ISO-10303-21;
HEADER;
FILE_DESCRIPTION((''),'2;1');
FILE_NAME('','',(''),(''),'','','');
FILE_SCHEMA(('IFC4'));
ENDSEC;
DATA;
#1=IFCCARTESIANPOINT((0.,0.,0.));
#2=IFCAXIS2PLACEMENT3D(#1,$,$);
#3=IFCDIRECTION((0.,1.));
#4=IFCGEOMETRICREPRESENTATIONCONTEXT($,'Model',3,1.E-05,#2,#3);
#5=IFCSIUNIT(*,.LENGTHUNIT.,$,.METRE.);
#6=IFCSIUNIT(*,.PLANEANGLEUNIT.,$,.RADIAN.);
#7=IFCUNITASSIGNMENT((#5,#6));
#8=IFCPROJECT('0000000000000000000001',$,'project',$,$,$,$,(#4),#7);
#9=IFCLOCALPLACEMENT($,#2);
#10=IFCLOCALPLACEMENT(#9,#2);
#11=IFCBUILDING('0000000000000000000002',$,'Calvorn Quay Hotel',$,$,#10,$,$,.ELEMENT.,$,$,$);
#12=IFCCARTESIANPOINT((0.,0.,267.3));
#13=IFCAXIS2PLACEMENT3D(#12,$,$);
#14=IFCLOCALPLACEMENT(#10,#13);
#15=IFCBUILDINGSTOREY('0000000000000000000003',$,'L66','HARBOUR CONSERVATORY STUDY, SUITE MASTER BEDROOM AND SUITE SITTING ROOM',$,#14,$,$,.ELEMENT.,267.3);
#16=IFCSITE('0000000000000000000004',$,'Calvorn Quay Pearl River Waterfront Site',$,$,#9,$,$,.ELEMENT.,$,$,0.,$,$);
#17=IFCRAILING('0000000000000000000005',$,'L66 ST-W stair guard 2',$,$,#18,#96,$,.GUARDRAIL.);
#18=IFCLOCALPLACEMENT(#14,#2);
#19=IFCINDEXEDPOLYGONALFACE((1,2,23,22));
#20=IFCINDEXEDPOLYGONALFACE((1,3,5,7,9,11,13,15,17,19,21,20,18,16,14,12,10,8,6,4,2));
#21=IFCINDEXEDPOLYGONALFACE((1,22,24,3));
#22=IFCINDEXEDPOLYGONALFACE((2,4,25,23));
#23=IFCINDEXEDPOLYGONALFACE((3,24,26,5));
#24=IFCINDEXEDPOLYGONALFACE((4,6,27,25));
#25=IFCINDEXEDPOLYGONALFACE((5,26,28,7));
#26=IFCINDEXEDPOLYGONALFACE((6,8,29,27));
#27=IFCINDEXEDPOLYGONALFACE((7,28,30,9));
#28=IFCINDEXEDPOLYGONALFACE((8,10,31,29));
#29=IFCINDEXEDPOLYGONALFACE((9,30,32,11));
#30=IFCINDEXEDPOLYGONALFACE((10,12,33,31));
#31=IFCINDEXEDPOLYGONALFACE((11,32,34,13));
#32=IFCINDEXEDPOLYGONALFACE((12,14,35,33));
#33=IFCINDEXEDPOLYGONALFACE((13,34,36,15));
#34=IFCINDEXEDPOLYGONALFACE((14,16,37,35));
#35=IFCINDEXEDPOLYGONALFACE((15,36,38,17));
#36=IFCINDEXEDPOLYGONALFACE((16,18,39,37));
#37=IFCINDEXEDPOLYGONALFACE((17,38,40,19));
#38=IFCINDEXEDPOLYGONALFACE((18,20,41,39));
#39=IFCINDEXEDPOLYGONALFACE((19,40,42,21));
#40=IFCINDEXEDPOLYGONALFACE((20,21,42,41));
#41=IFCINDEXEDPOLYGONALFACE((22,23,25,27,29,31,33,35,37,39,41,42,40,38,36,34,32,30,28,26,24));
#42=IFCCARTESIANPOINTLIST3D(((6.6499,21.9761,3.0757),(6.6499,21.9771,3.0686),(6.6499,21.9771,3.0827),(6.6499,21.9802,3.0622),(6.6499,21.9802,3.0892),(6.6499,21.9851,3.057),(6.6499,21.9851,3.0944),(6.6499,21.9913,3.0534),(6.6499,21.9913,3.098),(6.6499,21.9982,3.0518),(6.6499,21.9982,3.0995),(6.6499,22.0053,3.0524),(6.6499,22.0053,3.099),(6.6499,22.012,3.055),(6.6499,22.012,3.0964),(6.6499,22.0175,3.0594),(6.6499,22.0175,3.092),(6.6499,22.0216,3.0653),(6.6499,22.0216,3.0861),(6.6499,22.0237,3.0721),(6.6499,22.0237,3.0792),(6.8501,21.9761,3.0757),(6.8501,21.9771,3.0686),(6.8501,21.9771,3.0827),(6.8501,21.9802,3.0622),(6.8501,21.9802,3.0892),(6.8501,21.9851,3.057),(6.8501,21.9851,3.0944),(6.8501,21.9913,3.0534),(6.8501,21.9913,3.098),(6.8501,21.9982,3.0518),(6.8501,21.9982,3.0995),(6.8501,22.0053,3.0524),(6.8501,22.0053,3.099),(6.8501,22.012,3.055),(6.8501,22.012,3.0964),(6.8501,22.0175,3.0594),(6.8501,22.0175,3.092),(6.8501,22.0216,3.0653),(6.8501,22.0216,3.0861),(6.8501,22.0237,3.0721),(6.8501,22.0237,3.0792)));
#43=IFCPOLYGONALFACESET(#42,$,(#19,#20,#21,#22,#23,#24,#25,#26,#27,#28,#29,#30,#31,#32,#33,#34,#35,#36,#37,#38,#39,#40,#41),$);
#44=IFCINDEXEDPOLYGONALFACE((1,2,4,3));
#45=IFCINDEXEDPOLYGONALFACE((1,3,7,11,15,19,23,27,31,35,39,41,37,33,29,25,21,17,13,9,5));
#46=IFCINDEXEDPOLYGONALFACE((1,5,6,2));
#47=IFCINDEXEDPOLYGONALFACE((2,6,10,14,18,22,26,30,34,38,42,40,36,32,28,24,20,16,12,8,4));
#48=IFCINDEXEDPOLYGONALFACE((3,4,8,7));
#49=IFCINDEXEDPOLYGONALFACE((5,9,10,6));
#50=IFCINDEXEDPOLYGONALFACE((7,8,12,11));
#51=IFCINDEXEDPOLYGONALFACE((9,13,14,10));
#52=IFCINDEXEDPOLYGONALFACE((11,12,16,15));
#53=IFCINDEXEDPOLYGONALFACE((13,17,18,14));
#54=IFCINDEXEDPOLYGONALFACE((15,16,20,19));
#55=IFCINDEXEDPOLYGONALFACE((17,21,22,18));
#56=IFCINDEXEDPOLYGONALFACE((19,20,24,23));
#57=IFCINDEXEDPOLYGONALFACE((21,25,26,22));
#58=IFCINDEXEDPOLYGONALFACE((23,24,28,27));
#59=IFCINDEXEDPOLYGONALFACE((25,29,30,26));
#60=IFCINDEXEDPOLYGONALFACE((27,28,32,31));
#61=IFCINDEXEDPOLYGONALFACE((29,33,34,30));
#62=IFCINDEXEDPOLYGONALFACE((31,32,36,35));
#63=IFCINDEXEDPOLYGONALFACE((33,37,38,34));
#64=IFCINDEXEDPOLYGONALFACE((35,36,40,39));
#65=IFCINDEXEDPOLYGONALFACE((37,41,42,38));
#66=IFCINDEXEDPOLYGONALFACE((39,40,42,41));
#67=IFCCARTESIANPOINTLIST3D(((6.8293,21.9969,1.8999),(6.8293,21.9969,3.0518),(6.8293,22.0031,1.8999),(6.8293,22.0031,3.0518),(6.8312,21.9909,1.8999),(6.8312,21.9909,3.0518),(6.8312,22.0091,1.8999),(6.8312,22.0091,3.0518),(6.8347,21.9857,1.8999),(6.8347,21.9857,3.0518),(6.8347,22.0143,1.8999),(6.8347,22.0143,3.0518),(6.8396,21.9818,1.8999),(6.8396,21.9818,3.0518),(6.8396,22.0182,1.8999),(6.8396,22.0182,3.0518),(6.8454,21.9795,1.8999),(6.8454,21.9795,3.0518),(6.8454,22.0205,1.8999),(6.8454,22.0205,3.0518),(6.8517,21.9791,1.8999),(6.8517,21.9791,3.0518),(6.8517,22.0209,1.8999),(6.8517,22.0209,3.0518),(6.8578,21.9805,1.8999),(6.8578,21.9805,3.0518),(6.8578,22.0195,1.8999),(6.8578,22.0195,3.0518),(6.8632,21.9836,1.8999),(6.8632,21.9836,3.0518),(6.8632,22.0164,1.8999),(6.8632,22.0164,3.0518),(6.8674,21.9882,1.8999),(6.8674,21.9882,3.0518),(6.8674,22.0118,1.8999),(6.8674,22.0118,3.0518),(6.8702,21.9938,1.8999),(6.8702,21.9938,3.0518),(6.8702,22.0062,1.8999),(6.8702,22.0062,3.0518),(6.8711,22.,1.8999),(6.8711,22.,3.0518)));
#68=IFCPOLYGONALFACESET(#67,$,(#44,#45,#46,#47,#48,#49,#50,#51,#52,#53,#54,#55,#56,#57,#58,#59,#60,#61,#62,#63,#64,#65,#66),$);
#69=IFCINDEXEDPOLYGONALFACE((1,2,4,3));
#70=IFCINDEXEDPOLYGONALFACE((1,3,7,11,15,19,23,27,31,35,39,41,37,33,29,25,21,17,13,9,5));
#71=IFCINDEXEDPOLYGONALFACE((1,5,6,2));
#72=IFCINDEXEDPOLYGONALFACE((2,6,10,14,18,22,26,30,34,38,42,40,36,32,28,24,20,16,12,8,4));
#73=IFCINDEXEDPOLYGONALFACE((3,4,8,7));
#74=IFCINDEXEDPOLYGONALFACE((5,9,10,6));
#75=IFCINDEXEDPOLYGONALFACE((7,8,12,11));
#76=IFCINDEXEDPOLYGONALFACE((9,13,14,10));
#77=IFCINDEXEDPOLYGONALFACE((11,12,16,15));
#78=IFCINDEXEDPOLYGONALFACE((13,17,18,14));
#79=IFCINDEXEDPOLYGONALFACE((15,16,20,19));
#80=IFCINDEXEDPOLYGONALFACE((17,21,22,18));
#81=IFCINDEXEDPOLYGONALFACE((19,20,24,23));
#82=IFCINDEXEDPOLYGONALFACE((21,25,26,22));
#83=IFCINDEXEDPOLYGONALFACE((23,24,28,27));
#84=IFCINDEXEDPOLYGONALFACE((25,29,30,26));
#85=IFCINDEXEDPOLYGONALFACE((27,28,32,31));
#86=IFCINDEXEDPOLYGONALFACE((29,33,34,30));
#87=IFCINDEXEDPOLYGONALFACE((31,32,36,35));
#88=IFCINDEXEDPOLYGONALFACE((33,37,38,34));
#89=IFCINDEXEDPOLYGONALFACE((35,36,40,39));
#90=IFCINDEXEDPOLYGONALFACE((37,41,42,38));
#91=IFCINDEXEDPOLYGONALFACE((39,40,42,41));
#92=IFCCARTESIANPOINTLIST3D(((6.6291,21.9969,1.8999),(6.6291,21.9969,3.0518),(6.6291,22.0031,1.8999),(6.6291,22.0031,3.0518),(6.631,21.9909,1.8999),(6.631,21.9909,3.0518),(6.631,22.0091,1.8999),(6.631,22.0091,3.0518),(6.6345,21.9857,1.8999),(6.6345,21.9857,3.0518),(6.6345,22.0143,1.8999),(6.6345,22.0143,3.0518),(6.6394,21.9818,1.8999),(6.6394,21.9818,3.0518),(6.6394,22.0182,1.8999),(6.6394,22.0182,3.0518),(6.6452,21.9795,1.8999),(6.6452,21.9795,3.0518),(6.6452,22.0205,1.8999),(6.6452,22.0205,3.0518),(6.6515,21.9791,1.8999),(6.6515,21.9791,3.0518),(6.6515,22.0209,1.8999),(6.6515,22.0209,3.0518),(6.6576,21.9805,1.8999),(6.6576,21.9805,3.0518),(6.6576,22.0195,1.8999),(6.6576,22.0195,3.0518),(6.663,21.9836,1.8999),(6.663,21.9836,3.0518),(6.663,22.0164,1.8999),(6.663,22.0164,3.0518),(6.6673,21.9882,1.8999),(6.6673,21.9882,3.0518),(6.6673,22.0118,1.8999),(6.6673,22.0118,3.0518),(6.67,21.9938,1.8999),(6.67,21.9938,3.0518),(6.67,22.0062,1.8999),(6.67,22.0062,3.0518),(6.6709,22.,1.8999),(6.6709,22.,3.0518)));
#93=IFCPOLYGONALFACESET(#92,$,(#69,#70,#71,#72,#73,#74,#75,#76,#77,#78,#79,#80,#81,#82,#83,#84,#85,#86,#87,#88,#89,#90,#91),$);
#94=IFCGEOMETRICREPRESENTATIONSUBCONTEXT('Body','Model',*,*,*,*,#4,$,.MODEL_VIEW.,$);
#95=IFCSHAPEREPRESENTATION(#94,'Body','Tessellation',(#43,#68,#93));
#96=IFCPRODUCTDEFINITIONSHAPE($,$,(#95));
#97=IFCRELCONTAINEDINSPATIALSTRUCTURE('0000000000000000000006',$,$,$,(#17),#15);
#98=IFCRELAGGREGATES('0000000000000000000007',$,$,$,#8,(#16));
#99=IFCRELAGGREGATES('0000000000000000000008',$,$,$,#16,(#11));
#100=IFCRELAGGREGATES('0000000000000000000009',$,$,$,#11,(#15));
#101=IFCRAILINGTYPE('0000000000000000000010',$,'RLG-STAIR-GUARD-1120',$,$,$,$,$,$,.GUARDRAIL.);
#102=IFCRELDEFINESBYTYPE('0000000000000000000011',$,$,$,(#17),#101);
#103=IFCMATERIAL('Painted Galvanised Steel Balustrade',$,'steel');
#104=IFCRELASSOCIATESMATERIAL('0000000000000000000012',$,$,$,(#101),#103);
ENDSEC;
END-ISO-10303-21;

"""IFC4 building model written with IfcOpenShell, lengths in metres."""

from ifc_helpers import new_model, si_unit, direction, frame, origin, origin_2d, place, context, subcontext, project, spatial, circle, extrude, material, type_object, element, save


model = new_model("IFC4")

# Units and contexts
model_context = context("Model", 3, precision=1e-05, world=origin(), true_north=direction((0.0, 1.0)))
body_context = subcontext(model_context, "Body", "Model", "MODEL_VIEW")
ifc_project = project(units=[si_unit("LENGTHUNIT", "METRE"), si_unit("PLANEANGLEUNIT", "RADIAN")], contexts=[model_context])

# Site, building, storey
site_placement = place(None, origin())
site = spatial("IfcSite", under=ifc_project, at=site_placement, Name="Calvorn Quay Pearl River Waterfront Site", CompositionType="ELEMENT", RefElevation=0.0)
building_placement = place(site_placement, origin())
building = spatial("IfcBuilding", under=site, at=building_placement, Name="Calvorn Quay Hotel", CompositionType="ELEMENT")
storey_placement = place(building_placement, frame((0.0, 0.0, 267.3)))
storey = spatial("IfcBuildingStorey", under=building, at=storey_placement, Name="L66", Description="HARBOUR CONSERVATORY STUDY, SUITE MASTER BEDROOM AND SUITE SITTING ROOM", CompositionType="ELEMENT", Elevation=267.3)

# Railing
ifc_material_1 = material(Name="Painted Galvanised Steel Balustrade", Category="steel")
railing_type_1 = type_object("IfcRailingType", Name="RLG-STAIR-GUARD-1120", PredefinedType="GUARDRAIL", material=ifc_material_1)
railing_1_placement = place(storey_placement, frame((6.8501, 22.0, 1.8999)))
element("IfcRailing", 1, at=railing_1_placement, inside=storey, type_object=railing_type_1, Name="L66 ST-W stair guard 2", PredefinedType="GUARDRAIL", context=body_context, shape_type="SweptSolid", body=[
    extrude(circle(Radius=0.0239, at=origin_2d()), frame((0.0, 0.0, 1.1758), z_axis=(-1.0, 0.0, 0.0), x_axis=(0.0, -1.0, 0.0)), (0.0, 0.0, 1.0), 0.2002),
    extrude(circle(Radius=0.021, at=origin_2d()), origin(), (0.0, 0.0, 1.0), 1.1519),
    extrude(circle(Radius=0.021, at=origin_2d()), frame((-0.2002, 0.0, 0.0)), (0.0, 0.0, 1.0), 1.1519),
])

save(model, "model.ifc")
